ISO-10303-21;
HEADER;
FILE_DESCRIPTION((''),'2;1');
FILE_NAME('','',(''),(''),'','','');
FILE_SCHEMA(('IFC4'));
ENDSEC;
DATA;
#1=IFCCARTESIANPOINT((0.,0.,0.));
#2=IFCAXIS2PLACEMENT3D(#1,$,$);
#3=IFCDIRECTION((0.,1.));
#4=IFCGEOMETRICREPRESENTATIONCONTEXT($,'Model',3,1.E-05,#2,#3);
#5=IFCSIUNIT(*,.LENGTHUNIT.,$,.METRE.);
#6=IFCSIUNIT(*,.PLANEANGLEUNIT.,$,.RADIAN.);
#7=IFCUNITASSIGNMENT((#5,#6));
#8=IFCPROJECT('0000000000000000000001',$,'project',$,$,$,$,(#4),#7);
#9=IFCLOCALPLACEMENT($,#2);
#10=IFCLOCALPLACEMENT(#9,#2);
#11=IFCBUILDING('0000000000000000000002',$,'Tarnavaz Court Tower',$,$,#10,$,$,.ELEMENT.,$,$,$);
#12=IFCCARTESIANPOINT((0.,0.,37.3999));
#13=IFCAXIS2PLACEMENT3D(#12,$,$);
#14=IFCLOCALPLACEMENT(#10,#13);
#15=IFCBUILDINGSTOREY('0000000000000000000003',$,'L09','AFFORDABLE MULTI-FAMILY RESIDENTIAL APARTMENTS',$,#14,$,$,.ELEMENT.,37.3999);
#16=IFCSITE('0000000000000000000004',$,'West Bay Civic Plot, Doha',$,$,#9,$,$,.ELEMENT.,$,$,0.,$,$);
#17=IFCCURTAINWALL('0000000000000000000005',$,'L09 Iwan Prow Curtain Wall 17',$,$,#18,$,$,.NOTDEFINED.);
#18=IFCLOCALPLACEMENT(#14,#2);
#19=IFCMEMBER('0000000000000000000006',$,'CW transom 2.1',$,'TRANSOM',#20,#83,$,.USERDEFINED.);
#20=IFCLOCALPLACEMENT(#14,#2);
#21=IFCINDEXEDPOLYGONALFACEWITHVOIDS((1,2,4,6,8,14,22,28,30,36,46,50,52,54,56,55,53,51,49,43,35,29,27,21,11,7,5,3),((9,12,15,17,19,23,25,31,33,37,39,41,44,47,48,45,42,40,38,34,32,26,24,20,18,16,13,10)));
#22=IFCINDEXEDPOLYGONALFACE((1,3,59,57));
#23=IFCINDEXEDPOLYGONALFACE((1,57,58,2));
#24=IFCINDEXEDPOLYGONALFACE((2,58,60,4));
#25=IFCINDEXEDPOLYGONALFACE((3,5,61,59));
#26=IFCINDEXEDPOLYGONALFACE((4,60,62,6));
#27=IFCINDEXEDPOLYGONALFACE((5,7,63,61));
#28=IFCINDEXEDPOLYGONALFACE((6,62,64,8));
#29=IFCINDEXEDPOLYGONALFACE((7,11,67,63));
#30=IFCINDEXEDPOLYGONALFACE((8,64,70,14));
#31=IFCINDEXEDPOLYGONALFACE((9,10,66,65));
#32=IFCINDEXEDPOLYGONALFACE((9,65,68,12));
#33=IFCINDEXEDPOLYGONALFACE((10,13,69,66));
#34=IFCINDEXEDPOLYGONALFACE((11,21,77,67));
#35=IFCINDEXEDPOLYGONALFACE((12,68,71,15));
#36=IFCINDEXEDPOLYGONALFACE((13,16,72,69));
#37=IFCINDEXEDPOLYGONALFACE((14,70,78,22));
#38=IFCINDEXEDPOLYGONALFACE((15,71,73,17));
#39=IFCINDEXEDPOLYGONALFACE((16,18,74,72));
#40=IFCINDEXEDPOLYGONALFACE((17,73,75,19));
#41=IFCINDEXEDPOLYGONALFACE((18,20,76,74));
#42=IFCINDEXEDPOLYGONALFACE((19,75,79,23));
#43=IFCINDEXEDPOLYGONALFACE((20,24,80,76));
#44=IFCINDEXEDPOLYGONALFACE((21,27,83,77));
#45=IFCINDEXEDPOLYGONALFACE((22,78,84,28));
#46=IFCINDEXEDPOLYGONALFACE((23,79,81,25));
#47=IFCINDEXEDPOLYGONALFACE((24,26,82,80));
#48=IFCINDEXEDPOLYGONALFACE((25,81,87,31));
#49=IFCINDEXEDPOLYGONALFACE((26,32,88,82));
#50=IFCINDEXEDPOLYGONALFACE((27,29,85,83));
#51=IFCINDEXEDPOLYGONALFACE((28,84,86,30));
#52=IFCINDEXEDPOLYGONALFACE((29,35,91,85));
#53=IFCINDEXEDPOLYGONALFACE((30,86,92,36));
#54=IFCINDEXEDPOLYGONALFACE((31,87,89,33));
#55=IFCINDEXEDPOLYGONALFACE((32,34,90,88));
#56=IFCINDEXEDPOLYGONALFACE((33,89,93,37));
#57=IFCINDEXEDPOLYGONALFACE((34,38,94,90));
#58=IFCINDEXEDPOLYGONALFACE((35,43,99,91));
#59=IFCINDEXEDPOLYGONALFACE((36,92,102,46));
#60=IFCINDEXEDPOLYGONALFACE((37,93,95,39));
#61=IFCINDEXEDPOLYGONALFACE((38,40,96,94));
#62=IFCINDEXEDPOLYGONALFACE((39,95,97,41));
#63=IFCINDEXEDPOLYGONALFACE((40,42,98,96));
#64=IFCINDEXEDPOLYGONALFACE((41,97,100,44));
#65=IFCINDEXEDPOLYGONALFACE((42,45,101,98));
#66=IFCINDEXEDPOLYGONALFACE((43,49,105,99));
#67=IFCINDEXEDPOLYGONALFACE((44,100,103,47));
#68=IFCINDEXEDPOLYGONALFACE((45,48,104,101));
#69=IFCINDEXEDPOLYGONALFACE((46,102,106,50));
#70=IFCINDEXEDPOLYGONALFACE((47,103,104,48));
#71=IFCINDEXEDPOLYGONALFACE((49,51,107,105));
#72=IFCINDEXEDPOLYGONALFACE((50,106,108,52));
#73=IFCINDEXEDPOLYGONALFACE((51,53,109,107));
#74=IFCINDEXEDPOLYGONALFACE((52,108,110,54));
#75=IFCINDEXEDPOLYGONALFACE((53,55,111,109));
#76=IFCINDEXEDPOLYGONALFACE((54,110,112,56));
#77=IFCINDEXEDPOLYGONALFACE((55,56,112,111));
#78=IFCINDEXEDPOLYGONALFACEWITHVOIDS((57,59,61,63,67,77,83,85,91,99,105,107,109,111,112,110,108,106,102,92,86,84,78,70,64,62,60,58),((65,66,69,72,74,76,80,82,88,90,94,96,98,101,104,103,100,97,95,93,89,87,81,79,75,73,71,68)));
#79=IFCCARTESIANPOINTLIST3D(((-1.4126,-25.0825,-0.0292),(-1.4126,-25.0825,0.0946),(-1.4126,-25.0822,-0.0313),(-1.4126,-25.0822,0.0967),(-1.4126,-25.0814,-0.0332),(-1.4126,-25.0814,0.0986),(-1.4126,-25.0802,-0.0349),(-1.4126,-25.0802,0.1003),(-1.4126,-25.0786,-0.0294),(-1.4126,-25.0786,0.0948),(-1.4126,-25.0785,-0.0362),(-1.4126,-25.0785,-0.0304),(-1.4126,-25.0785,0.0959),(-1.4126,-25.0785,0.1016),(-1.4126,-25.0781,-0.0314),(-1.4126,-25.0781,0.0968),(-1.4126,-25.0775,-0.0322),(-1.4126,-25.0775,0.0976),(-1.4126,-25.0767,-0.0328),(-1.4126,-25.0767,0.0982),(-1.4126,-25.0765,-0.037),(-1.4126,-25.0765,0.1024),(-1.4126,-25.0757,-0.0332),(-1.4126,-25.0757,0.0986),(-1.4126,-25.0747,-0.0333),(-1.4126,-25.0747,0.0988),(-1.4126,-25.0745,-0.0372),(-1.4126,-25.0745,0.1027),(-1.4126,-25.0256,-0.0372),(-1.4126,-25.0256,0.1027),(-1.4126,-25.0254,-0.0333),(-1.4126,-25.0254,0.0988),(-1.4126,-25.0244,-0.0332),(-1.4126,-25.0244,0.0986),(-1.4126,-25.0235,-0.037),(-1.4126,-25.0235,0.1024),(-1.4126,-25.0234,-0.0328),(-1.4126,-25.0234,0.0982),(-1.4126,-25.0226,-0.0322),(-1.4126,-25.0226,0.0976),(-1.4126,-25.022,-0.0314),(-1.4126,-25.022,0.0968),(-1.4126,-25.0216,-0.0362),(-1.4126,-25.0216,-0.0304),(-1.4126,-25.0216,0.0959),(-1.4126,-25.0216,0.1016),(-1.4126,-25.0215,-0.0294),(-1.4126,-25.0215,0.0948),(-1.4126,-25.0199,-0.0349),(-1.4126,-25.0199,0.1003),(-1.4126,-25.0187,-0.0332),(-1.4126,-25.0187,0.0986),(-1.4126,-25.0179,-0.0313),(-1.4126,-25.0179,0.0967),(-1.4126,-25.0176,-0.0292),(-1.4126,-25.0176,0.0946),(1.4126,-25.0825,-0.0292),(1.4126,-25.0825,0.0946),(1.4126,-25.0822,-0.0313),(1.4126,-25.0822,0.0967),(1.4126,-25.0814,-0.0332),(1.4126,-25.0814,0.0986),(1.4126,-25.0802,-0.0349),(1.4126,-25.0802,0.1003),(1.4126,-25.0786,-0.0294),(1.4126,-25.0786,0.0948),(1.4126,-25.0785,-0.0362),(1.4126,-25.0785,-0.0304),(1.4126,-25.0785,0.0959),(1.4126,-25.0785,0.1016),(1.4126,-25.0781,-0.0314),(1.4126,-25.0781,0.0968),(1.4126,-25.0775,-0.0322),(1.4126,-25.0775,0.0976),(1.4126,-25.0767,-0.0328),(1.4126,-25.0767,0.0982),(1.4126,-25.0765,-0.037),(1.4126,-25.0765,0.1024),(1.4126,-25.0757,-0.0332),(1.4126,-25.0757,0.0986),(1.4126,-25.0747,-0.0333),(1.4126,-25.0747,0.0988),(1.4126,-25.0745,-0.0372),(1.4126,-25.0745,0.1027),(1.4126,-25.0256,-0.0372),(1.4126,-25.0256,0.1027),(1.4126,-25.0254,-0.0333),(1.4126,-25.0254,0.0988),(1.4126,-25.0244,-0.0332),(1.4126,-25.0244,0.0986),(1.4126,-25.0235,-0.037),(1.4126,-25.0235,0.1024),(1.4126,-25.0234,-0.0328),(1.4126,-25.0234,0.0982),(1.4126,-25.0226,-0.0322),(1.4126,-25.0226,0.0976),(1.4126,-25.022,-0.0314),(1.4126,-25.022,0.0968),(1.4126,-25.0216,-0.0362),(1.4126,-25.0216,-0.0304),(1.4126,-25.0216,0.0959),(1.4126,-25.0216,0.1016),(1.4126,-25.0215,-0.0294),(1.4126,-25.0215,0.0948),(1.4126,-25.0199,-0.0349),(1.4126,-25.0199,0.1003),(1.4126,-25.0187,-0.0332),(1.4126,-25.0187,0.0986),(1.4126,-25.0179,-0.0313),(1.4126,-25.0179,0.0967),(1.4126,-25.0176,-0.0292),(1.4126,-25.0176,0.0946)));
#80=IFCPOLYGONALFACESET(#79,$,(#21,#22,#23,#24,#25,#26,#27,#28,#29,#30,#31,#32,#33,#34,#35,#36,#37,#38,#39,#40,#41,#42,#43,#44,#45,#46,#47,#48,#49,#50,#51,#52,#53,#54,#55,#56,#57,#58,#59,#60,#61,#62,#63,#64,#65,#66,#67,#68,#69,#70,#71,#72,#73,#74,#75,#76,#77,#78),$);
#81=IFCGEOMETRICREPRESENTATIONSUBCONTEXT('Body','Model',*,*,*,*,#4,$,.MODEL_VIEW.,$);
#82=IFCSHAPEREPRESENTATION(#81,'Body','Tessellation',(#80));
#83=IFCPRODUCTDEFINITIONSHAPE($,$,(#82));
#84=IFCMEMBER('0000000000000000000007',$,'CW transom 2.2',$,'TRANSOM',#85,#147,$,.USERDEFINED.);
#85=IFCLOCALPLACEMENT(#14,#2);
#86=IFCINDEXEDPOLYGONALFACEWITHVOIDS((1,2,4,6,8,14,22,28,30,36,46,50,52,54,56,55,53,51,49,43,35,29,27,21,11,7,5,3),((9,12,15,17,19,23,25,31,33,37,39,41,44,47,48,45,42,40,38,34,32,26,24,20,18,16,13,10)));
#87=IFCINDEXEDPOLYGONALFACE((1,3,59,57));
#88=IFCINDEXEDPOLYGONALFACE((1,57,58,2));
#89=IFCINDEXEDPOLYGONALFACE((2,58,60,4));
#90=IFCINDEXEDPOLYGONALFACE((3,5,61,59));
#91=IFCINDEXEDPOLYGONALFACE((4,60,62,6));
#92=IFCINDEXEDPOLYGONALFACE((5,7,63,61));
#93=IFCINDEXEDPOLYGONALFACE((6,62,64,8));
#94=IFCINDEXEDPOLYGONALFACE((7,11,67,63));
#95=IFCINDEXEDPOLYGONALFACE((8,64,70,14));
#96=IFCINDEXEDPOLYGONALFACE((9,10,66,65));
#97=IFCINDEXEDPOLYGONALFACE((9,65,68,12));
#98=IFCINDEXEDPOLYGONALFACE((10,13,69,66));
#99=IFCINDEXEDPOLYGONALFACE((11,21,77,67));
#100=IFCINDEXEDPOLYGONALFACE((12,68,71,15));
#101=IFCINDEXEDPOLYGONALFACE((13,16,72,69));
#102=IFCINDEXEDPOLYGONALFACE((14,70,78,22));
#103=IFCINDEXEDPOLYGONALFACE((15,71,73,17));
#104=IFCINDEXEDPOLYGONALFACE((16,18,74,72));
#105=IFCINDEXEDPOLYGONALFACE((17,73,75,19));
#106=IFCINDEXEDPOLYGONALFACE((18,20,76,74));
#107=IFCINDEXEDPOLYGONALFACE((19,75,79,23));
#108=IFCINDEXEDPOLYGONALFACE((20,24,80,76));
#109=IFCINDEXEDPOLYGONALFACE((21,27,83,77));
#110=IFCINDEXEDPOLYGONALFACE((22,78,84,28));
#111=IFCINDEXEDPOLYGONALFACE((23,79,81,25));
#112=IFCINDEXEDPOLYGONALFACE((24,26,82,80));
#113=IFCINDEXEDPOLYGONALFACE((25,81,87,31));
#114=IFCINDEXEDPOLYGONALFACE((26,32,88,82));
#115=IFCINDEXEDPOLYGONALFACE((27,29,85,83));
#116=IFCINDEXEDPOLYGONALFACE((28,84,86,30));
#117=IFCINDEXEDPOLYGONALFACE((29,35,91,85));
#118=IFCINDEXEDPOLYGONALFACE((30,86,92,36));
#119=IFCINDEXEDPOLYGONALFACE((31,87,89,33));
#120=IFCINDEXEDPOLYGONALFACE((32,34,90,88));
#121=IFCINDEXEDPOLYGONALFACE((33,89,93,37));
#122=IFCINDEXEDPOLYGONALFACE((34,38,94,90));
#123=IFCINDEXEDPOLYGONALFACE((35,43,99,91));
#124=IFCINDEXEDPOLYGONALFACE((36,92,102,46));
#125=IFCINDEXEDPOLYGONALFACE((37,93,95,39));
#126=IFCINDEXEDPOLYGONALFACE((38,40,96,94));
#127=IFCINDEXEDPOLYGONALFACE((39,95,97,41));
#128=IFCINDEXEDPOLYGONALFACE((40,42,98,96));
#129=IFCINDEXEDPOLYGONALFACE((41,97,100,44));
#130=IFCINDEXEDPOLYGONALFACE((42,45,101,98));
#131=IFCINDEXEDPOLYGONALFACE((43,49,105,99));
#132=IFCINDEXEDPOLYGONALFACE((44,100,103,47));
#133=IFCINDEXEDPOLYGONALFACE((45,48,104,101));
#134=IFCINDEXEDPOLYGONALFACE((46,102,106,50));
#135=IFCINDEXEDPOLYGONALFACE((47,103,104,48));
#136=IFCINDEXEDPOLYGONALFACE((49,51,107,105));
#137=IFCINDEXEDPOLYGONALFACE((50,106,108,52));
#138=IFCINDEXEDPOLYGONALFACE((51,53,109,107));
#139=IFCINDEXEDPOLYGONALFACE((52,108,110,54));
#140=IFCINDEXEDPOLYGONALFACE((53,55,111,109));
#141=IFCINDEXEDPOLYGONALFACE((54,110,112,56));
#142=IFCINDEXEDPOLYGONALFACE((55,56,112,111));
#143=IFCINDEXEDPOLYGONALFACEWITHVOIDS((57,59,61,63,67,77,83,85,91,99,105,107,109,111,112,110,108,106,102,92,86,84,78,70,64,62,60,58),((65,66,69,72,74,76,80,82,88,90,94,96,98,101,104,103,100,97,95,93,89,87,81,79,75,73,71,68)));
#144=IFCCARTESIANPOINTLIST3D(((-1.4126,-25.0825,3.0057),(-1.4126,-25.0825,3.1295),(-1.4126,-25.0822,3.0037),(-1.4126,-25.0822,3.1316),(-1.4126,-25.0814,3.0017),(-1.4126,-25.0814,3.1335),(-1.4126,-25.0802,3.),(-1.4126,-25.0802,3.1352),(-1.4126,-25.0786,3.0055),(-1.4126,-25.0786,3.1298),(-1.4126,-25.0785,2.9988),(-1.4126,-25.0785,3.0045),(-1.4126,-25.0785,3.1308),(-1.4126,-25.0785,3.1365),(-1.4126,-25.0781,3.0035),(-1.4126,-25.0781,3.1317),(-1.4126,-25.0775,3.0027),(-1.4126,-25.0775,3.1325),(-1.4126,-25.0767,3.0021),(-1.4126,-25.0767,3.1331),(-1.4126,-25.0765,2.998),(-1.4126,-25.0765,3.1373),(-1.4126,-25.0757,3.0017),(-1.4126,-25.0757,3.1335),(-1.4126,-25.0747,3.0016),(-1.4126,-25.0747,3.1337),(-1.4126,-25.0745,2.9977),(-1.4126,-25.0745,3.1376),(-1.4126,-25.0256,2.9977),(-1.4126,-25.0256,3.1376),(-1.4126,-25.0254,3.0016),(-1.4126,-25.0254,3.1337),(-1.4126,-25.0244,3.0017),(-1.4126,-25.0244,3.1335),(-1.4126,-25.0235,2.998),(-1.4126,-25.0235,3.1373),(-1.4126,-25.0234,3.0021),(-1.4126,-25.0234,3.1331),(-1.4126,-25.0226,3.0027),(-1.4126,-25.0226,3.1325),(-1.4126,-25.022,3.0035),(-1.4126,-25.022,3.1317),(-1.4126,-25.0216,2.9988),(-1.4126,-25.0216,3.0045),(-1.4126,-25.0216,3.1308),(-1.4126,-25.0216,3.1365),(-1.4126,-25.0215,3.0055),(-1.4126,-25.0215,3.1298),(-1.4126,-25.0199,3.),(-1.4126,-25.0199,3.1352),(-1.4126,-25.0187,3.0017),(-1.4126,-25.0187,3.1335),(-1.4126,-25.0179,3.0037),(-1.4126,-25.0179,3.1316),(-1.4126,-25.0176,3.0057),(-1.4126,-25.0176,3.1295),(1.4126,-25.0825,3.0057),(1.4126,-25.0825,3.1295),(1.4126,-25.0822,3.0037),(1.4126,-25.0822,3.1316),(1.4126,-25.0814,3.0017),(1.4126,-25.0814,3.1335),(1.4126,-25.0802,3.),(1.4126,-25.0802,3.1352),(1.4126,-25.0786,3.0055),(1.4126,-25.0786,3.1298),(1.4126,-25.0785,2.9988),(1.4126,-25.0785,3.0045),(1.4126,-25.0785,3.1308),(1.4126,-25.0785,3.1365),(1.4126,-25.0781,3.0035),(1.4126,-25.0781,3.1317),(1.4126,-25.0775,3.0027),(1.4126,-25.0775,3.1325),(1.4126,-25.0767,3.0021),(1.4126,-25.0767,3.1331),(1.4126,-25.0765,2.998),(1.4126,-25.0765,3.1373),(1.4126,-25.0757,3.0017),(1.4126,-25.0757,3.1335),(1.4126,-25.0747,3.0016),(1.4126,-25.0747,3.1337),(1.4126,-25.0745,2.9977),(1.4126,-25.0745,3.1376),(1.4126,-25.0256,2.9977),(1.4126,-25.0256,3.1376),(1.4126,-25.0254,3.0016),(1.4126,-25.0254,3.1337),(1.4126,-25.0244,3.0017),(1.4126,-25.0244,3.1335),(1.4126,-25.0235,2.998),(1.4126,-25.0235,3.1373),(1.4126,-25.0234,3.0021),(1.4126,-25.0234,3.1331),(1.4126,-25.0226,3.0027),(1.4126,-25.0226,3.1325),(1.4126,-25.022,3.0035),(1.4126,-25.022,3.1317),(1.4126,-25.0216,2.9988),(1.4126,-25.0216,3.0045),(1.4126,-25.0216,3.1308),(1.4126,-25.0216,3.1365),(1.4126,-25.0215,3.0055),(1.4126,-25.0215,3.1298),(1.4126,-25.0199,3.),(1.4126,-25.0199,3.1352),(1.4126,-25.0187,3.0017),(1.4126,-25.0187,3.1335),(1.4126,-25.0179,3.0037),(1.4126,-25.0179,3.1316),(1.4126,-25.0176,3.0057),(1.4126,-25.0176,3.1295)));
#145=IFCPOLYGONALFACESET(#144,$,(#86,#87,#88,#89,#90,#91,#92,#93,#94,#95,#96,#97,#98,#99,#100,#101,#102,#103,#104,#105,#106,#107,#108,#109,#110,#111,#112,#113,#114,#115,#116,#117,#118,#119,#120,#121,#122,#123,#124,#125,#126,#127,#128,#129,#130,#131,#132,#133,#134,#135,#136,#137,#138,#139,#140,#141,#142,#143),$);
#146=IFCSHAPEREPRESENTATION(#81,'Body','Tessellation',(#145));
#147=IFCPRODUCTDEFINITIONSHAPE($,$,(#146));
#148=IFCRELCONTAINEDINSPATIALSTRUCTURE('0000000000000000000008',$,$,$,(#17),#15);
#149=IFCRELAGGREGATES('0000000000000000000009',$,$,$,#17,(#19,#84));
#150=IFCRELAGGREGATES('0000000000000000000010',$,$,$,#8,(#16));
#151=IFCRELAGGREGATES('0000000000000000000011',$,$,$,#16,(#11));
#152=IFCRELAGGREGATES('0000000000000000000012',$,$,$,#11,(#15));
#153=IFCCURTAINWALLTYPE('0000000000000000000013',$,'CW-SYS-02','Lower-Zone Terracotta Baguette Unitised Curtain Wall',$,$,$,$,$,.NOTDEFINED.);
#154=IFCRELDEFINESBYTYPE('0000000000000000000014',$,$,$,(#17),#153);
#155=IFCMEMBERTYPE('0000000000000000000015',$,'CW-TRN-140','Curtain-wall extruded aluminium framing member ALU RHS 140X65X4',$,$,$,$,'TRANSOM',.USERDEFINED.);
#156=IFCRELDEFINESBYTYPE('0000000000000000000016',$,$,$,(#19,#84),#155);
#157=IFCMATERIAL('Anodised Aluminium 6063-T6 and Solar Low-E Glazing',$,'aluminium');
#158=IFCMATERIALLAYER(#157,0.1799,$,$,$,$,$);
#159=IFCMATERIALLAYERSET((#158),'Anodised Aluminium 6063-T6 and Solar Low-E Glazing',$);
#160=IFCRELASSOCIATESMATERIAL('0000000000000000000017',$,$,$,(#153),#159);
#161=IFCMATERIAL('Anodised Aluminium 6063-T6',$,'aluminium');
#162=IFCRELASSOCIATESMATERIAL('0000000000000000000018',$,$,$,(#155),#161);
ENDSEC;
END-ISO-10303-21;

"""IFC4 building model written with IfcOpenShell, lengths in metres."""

from ifc_helpers import new_model, si_unit, direction, frame, origin, origin_2d, place, context, subcontext, project, spatial, hollow_rectangle, extrude, material, layer, layer_set, material_profile, profile_set, type_object, element, aggregate, save


model = new_model("IFC4")

# Units and contexts
model_context = context("Model", 3, precision=1e-05, world=origin(), true_north=direction((0.0, 1.0)))
body_context = subcontext(model_context, "Body", "Model", "MODEL_VIEW")
ifc_project = project(units=[si_unit("LENGTHUNIT", "METRE"), si_unit("PLANEANGLEUNIT", "RADIAN")], contexts=[model_context])

# Site, building, storey
site_placement = place(None, origin())
site = spatial("IfcSite", under=ifc_project, at=site_placement, Name="West Bay Civic Plot, Doha", CompositionType="ELEMENT", RefElevation=0.0)
building_placement = place(site_placement, origin())
building = spatial("IfcBuilding", under=site, at=building_placement, Name="Tarnavaz Court Tower", CompositionType="ELEMENT")
storey_placement = place(building_placement, frame((0.0, 0.0, 37.3999)))
storey = spatial("IfcBuildingStorey", under=building, at=storey_placement, Name="L09", Description="AFFORDABLE MULTI-FAMILY RESIDENTIAL APARTMENTS", CompositionType="ELEMENT", Elevation=37.3999)

# Curtain wall, members
ifc_material_1 = material(Name="Anodised Aluminium 6063-T6 and Solar Low-E Glazing", Category="aluminium")
ifc_layer_1 = layer(ifc_material_1, 0.1799)
ifc_layer_set_1 = layer_set([ifc_layer_1], Name="Anodised Aluminium 6063-T6 and Solar Low-E Glazing")
curtain_wall_type = type_object("IfcCurtainWallType", Name="CW-SYS-02", Description="Lower-Zone Terracotta Baguette Unitised Curtain Wall", PredefinedType="NOTDEFINED", material=ifc_layer_set_1)
curtain_wall_placement = place(storey_placement, origin())
curtain_wall = element("IfcCurtainWall", 1, at=curtain_wall_placement, inside=storey, type_object=curtain_wall_type, Name="L09 Iwan Prow Curtain Wall 17", PredefinedType="NOTDEFINED")
ifc_material_2 = material(Name="Anodised Aluminium 6063-T6", Category="aluminium")
ifc_material_profile_1 = material_profile(ifc_material_2, hollow_rectangle(XDim=0.0649, YDim=0.1399, WallThickness=0.0039, InnerFilletRadius=0.0039, OuterFilletRadius=0.0081, at=origin_2d()), Name="ALU RHS 140X65X4")
ifc_profile_set_1 = profile_set([ifc_material_profile_1], Name="Anodised Aluminium 6063-T6")
member_type_1 = type_object("IfcMemberType", Name="CW-TRN-140", Description="Curtain-wall extruded aluminium framing member ALU RHS 140X65X4", ElementType="TRANSOM", PredefinedType="USERDEFINED", material=ifc_profile_set_1)
member_1_placement = place(storey_placement, frame((1.4126, -25.05, 0.0327), z_axis=(-1.0, 0.0, 0.0), x_axis=(0.0, -1.0, 0.0)))
member_1 = element("IfcMember", 2, at=member_1_placement, type_object=member_type_1, Name="CW transom 2.1", ObjectType="TRANSOM", PredefinedType="USERDEFINED", context=body_context, shape_type="SweptSolid", body=[
    extrude(hollow_rectangle(XDim=0.0649, YDim=0.1399, WallThickness=0.0039, InnerFilletRadius=0.0039, OuterFilletRadius=0.0081, at=origin_2d()), origin(), (0.0, 0.0, 1.0), 2.8252),
])
member_2_placement = place(storey_placement, frame((1.4126, -25.05, 3.0676), z_axis=(-1.0, 0.0, 0.0), x_axis=(0.0, -1.0, 0.0)))
member_2 = element("IfcMember", 3, at=member_2_placement, type_object=member_type_1, Name="CW transom 2.2", ObjectType="TRANSOM", PredefinedType="USERDEFINED", context=body_context, shape_type="SweptSolid", body=[
    extrude(hollow_rectangle(XDim=0.0649, YDim=0.1399, WallThickness=0.0039, InnerFilletRadius=0.0039, OuterFilletRadius=0.0081, at=origin_2d()), origin(), (0.0, 0.0, 1.0), 2.8252),
])
aggregate(curtain_wall, [member_1, member_2])

save(model, "model.ifc")
